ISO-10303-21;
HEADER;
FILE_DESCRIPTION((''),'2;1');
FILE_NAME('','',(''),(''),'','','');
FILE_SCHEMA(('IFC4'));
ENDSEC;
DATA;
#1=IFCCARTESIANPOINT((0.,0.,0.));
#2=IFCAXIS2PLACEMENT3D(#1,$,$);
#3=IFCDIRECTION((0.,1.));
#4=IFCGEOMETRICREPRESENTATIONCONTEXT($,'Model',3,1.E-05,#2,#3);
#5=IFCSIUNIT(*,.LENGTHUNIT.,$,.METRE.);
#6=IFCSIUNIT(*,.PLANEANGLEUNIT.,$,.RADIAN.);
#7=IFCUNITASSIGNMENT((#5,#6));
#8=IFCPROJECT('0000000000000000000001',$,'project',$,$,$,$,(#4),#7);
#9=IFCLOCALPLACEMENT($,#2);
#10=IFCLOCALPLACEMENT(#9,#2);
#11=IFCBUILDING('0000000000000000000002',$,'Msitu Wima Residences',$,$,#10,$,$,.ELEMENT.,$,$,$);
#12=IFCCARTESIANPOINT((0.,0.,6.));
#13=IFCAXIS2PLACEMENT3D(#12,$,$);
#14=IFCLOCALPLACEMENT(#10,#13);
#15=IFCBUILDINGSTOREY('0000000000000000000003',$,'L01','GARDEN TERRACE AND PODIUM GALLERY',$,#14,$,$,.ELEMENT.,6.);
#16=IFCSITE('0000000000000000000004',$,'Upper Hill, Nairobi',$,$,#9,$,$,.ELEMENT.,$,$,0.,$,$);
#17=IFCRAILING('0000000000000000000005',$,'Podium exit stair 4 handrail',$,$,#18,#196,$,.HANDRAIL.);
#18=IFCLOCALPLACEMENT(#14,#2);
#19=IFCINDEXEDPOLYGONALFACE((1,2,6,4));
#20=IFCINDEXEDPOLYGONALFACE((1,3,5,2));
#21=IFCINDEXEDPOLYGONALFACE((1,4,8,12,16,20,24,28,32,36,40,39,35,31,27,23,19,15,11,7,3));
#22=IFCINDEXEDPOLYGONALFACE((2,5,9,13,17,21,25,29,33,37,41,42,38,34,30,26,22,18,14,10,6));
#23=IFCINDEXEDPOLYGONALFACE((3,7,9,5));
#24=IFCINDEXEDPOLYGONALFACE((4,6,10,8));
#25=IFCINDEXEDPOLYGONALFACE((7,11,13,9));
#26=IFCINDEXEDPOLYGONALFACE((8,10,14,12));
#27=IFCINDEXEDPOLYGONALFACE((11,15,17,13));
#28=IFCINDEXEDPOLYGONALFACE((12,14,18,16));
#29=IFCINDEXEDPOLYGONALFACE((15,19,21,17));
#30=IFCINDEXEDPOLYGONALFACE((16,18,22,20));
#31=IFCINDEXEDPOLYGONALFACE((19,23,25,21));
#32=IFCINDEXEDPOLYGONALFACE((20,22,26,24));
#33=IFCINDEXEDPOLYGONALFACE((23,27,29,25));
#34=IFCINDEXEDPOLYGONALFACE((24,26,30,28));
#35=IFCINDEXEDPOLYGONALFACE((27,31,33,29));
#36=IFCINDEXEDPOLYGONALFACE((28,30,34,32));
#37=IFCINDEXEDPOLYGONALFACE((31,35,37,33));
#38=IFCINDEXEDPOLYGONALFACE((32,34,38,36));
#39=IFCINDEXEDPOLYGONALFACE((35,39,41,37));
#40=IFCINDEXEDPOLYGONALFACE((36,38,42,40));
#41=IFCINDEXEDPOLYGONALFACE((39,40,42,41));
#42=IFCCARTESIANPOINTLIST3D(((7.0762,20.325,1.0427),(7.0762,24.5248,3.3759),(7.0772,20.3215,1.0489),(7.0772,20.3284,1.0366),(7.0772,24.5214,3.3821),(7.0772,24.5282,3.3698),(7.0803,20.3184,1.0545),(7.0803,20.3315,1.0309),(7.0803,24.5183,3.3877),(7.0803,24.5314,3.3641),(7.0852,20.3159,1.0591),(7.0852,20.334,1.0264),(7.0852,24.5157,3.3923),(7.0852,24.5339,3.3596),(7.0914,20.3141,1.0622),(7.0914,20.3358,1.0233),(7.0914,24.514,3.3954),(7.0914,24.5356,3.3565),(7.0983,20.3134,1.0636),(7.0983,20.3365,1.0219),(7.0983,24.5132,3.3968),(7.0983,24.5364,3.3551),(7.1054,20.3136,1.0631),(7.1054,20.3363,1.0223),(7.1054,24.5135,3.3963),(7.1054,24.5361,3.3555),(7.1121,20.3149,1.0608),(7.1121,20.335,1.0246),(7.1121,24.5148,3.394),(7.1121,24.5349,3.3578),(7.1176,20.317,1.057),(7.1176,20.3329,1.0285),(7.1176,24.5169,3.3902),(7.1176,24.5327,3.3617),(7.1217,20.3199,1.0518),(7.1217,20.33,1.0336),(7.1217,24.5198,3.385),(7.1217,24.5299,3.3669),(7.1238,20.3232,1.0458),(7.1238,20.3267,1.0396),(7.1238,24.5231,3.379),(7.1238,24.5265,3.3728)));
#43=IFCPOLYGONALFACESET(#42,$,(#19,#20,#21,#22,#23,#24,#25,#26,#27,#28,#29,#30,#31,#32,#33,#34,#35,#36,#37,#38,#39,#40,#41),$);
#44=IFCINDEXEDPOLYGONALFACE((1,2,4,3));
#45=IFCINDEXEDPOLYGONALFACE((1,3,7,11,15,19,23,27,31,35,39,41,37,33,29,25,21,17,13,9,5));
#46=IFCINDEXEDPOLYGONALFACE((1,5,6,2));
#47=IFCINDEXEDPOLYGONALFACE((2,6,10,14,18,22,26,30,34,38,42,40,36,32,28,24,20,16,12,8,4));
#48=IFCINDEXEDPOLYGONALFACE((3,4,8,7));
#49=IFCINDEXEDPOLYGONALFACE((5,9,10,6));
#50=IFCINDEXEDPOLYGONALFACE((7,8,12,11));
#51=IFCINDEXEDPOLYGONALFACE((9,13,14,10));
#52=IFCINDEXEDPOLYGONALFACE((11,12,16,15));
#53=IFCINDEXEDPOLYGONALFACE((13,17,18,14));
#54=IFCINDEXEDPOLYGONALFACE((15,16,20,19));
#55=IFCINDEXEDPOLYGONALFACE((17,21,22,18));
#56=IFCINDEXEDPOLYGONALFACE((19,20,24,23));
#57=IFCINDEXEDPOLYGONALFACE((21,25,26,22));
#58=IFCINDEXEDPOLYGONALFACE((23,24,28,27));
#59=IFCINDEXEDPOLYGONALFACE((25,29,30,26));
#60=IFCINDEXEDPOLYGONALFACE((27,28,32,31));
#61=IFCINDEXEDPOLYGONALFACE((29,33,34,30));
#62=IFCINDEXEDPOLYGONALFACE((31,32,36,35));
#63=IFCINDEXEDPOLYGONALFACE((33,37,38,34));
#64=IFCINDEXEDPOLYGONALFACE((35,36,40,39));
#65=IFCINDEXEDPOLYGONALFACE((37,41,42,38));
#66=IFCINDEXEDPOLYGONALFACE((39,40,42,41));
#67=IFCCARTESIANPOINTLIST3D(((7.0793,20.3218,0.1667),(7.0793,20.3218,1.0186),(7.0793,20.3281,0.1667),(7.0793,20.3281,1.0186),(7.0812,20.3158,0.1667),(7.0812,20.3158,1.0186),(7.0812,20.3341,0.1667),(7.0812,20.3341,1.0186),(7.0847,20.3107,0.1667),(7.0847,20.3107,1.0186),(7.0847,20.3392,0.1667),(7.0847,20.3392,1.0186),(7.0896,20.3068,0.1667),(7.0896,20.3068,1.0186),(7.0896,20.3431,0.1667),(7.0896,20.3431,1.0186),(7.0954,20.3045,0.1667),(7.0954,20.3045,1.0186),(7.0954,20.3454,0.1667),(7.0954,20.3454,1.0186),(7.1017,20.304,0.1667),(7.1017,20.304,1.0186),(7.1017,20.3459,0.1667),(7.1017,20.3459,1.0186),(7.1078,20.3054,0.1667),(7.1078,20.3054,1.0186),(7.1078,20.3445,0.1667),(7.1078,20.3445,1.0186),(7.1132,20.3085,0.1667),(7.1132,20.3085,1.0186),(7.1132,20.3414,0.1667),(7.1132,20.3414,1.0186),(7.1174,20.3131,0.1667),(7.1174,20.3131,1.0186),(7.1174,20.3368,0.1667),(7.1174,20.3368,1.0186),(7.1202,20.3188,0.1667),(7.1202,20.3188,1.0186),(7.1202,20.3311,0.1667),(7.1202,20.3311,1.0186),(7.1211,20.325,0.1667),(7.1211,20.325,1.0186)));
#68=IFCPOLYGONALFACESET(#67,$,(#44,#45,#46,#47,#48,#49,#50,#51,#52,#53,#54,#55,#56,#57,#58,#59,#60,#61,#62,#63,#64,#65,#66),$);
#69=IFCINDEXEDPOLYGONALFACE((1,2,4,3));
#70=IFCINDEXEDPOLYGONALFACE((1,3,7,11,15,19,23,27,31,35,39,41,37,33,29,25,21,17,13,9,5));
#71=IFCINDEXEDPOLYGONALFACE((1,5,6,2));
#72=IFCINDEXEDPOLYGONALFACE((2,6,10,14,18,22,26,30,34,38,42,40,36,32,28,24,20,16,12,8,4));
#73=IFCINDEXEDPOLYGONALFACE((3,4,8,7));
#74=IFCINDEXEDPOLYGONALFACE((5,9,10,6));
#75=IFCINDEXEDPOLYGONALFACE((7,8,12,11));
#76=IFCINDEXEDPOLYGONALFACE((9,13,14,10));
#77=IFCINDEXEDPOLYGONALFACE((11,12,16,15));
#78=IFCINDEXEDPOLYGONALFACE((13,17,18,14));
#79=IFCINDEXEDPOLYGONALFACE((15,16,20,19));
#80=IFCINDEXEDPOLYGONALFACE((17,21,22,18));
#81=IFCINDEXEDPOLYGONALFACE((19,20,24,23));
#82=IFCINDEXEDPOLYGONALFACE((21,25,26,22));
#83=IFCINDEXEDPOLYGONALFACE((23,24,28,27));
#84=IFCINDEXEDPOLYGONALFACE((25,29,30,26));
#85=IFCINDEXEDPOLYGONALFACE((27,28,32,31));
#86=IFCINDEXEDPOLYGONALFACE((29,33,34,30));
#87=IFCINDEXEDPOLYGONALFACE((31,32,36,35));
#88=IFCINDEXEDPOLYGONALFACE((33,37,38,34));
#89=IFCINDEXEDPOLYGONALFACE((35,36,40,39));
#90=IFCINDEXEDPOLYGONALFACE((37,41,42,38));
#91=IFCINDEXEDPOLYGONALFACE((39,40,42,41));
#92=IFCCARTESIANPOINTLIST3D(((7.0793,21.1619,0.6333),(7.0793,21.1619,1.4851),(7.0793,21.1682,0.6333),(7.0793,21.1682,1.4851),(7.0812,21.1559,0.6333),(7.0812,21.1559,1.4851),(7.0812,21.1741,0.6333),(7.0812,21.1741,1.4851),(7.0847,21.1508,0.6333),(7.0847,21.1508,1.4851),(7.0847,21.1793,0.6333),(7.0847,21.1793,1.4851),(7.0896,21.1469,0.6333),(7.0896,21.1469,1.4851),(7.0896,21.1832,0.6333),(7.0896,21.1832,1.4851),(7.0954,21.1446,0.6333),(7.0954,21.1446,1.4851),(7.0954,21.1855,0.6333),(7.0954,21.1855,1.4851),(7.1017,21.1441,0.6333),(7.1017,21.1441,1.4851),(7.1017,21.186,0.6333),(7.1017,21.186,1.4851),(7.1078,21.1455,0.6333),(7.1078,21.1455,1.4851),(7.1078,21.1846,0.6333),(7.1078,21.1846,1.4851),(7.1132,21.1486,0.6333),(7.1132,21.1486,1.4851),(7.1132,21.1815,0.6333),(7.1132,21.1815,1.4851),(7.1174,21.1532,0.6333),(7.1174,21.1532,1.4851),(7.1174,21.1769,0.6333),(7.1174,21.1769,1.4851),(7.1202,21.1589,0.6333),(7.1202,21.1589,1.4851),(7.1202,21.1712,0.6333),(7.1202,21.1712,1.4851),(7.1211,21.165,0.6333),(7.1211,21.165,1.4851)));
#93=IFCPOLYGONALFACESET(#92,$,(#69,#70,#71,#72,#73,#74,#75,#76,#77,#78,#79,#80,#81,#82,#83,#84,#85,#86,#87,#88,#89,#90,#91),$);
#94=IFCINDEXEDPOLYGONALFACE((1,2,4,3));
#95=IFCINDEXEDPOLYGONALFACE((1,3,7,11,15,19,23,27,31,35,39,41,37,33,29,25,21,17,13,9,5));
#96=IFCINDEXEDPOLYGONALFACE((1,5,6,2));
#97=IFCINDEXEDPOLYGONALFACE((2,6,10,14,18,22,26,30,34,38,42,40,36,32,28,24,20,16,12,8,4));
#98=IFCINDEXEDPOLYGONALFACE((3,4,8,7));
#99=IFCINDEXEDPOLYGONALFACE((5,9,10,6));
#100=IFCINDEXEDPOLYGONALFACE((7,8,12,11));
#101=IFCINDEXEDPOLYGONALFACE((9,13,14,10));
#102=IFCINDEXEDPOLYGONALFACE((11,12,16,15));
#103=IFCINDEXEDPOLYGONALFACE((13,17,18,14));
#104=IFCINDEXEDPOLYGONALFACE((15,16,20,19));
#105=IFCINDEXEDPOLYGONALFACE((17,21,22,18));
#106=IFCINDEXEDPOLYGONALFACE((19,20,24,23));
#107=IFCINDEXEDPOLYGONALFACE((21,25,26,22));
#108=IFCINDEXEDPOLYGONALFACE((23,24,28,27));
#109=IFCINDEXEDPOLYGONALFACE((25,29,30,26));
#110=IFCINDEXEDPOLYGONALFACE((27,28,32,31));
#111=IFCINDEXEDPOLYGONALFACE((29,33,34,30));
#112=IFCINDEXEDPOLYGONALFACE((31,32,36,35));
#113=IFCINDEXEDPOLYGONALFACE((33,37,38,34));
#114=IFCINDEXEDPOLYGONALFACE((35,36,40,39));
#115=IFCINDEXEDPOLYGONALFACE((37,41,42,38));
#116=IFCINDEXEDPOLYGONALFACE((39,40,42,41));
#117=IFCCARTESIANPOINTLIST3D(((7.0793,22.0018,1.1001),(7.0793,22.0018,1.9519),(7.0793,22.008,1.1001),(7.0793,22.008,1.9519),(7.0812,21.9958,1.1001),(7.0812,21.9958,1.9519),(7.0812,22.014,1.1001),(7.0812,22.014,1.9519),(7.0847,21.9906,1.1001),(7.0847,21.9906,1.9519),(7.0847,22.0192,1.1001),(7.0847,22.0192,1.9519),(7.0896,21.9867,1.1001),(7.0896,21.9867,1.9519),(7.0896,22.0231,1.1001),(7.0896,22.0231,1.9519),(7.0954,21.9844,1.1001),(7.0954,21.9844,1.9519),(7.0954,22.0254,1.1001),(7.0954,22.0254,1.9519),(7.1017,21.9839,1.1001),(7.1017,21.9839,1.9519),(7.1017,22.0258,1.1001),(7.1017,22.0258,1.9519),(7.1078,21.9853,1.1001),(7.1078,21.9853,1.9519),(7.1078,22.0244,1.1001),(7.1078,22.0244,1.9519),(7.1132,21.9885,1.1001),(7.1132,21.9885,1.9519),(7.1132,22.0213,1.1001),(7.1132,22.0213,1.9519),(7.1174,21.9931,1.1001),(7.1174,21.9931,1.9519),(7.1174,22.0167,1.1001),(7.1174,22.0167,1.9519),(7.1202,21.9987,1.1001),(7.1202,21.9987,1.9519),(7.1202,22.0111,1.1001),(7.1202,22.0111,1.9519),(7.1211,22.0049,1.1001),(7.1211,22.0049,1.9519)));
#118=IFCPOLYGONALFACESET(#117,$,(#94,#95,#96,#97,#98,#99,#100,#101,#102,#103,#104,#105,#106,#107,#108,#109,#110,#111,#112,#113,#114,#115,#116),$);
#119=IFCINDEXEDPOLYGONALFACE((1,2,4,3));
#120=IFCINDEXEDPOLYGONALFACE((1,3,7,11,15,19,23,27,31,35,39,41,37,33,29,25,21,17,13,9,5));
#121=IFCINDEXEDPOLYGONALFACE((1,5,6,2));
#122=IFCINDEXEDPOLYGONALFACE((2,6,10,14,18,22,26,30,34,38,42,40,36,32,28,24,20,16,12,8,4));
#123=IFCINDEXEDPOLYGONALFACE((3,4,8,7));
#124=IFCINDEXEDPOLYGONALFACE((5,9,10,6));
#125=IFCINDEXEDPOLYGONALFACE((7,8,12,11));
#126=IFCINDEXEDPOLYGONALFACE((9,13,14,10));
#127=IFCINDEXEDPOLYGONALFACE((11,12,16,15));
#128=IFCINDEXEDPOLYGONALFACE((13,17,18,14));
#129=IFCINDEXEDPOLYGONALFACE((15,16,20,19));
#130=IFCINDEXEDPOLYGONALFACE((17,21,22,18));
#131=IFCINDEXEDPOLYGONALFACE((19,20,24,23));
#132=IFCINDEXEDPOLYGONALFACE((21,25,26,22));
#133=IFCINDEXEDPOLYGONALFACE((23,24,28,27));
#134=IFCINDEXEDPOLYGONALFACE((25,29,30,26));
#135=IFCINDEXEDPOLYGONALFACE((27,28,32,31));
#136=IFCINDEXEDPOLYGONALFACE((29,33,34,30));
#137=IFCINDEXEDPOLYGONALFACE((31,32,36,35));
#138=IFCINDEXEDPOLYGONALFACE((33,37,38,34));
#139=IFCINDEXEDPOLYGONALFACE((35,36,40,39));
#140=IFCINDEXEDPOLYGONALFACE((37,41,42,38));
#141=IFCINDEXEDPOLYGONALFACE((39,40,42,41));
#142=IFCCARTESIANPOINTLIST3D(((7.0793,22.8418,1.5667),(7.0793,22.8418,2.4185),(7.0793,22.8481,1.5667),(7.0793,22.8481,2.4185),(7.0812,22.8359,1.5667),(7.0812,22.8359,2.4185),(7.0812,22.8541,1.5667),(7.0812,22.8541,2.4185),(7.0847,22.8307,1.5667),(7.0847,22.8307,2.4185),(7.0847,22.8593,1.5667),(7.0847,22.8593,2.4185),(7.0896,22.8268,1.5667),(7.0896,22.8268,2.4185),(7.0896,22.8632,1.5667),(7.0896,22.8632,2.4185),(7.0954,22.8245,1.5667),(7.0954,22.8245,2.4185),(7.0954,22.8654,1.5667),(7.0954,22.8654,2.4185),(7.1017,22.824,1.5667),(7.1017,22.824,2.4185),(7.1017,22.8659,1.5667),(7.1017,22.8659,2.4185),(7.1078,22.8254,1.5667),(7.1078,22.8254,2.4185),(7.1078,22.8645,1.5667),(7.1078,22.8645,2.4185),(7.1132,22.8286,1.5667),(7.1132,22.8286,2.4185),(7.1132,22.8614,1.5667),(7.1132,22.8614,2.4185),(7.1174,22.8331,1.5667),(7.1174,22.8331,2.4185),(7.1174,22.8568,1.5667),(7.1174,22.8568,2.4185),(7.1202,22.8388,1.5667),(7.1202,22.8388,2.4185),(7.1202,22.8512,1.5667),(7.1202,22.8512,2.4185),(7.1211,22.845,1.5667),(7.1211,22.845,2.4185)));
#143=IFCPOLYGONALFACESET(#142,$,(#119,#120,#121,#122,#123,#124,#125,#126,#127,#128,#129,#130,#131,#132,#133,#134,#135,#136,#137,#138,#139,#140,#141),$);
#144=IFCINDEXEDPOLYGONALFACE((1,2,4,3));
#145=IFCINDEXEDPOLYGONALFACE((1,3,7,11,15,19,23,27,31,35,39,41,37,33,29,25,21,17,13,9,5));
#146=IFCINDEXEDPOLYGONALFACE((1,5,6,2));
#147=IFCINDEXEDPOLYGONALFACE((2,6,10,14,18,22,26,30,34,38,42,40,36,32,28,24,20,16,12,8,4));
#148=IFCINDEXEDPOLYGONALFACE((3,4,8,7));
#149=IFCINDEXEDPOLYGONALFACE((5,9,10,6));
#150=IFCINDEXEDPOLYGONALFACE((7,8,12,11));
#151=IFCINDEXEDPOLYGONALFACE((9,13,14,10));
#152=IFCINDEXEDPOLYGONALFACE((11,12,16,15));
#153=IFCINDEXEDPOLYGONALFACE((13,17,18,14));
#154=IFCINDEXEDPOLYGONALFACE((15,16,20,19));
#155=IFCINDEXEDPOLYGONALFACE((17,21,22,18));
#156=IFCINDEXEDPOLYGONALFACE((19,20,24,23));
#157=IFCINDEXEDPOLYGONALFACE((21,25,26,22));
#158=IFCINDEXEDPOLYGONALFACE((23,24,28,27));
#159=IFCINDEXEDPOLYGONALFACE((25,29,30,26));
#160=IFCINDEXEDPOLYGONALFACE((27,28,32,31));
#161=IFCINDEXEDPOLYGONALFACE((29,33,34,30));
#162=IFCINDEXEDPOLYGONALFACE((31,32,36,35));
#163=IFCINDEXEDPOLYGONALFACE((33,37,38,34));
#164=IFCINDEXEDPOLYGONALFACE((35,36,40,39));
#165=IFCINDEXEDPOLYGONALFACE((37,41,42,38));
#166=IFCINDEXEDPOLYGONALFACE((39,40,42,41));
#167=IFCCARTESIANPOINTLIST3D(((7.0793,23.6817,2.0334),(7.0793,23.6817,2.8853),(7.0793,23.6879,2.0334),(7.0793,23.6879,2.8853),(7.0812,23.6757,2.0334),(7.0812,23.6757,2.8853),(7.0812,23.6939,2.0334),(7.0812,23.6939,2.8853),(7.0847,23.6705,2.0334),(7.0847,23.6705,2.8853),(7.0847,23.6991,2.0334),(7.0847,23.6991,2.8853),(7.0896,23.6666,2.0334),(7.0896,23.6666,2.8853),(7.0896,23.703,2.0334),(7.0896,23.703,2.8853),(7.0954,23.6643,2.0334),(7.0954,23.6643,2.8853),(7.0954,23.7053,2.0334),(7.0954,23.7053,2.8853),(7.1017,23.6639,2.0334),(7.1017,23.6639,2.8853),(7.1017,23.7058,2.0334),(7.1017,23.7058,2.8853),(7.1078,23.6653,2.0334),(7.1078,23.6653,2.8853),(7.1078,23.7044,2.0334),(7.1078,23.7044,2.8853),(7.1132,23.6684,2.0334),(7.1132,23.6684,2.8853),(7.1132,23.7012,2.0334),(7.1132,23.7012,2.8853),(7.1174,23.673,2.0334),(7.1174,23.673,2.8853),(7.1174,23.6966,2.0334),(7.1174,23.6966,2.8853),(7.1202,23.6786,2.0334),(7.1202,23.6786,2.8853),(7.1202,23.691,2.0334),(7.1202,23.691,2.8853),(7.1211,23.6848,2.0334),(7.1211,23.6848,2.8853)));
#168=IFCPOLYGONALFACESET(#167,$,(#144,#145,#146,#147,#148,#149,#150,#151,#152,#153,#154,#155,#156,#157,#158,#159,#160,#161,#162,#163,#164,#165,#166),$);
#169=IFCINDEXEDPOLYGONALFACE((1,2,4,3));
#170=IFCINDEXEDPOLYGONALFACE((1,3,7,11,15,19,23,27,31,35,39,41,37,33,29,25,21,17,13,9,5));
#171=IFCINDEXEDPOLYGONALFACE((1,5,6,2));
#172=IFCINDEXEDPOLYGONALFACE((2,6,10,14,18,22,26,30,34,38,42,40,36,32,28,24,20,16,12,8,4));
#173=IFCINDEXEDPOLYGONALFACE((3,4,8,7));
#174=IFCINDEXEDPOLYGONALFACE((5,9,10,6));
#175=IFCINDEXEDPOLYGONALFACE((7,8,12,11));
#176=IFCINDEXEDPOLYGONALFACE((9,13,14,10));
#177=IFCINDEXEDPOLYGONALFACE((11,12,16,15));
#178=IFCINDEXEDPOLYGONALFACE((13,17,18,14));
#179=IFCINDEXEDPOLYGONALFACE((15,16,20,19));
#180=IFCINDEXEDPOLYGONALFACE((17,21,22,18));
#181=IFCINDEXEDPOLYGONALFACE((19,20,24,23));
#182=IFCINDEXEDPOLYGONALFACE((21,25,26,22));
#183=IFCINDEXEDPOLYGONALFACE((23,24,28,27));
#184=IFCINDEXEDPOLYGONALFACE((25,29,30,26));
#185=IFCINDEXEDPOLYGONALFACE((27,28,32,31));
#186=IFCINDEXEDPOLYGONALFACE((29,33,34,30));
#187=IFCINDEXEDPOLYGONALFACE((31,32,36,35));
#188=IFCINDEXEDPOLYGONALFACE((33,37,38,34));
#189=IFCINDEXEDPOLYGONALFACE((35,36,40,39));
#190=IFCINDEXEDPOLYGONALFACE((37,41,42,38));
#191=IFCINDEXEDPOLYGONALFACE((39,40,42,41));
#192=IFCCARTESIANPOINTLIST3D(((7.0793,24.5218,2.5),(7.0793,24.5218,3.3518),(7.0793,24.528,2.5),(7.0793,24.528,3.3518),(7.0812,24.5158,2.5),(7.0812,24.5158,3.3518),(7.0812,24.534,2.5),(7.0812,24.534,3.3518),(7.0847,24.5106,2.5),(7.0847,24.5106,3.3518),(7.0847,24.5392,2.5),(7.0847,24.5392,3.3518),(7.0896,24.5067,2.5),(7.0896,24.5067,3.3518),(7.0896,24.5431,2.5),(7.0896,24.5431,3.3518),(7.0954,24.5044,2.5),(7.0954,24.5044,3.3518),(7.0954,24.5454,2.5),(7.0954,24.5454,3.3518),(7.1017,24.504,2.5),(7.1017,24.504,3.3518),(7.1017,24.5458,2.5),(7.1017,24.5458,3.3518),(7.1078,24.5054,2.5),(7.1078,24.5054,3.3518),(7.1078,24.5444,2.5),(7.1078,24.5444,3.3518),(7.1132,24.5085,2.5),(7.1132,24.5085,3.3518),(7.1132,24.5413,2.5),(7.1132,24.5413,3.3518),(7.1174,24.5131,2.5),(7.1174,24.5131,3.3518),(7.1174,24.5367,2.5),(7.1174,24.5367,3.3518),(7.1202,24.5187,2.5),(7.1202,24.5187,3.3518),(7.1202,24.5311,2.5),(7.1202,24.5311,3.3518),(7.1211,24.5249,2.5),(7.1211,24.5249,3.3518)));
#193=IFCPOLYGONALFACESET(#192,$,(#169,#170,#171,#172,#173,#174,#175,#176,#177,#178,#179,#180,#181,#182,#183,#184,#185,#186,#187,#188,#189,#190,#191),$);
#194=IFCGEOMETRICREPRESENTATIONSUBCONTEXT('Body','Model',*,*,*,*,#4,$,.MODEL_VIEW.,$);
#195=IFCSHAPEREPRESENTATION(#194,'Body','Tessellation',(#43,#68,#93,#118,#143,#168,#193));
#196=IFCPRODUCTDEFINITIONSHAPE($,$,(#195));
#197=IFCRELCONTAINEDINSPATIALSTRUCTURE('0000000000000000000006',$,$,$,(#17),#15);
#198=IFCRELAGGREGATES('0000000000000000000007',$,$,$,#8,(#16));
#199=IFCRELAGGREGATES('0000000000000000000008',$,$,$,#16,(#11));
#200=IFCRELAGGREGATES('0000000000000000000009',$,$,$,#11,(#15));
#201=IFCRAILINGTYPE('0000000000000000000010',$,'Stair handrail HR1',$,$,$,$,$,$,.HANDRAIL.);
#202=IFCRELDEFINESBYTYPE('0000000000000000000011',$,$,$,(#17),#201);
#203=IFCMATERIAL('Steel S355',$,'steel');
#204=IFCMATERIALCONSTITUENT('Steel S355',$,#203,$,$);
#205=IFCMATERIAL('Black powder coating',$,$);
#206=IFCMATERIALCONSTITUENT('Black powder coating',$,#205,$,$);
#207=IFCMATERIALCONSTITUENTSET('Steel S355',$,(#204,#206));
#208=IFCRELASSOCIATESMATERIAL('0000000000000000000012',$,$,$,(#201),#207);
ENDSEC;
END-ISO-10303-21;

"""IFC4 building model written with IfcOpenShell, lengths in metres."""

from ifc_helpers import new_model, si_unit, direction, frame, origin, origin_2d, place, context, subcontext, project, spatial, circle, extrude, material, constituent, constituent_set, type_object, element, save


model = new_model("IFC4")

# Units and contexts
model_context = context("Model", 3, precision=1e-05, world=origin(), true_north=direction((0.0, 1.0)))
body_context = subcontext(model_context, "Body", "Model", "MODEL_VIEW")
ifc_project = project(units=[si_unit("LENGTHUNIT", "METRE"), si_unit("PLANEANGLEUNIT", "RADIAN")], contexts=[model_context])

# Site, building, storey
site_placement = place(None, origin())
site = spatial("IfcSite", under=ifc_project, at=site_placement, Name="Upper Hill, Nairobi", CompositionType="ELEMENT", RefElevation=0.0)
building_placement = place(site_placement, origin())
building = spatial("IfcBuilding", under=site, at=building_placement, Name="Msitu Wima Residences", CompositionType="ELEMENT")
storey_placement = place(building_placement, frame((0.0, 0.0, 6.0)))
storey = spatial("IfcBuildingStorey", under=building, at=storey_placement, Name="L01", Description="GARDEN TERRACE AND PODIUM GALLERY", CompositionType="ELEMENT", Elevation=6.0)

# Railing
ifc_material_1 = material(Name="Steel S355", Category="steel")
ifc_constituent_1 = constituent(ifc_material_1, Name="Steel S355")
ifc_material_2 = material(Name="Black powder coating")
ifc_constituent_2 = constituent(ifc_material_2, Name="Black powder coating")
ifc_constituent_set = constituent_set(constituents=[ifc_constituent_1, ifc_constituent_2], Name="Steel S355")
railing_type = type_object("IfcRailingType", Name="Stair handrail HR1", PredefinedType="HANDRAIL", material=ifc_constituent_set)
for number, where, name in (
    (1, (7.1001, 20.325, 0.1667), "Podium exit stair 4 handrail"),
):
    element("IfcRailing", number, at=place(storey_placement, frame(where)), inside=storey, type_object=railing_type, Name=name, PredefinedType="HANDRAIL", context=body_context, shape_type="SweptSolid", body=[
        extrude(circle(Radius=0.0239, at=origin_2d()), frame((0.0, 0.0, 0.876), z_axis=(0.0, 0.874162, 0.485634), x_axis=(-1.0, 0.0, 0.0)), (0.0, 0.0, 1.0), 4.8044),
        extrude(circle(Radius=0.021, at=origin_2d()), origin(), (0.0, 0.0, 1.0), 0.8518),
        extrude(circle(Radius=0.021, at=origin_2d()), frame((0.0, 0.8401, 0.4666)), (0.0, 0.0, 1.0), 0.8518),
        extrude(circle(Radius=0.021, at=origin_2d()), frame((0.0, 1.6799, 0.9333)), (0.0, 0.0, 1.0), 0.8518),
        extrude(circle(Radius=0.021, at=origin_2d()), frame((0.0, 2.52, 1.3999)), (0.0, 0.0, 1.0), 0.8518),
        extrude(circle(Radius=0.021, at=origin_2d()), frame((0.0, 3.3599, 1.8667)), (0.0, 0.0, 1.0), 0.8518),
        extrude(circle(Radius=0.021, at=origin_2d()), frame((0.0, 4.2, 2.3333)), (0.0, 0.0, 1.0), 0.8518),
    ])

save(model, "model.ifc")
